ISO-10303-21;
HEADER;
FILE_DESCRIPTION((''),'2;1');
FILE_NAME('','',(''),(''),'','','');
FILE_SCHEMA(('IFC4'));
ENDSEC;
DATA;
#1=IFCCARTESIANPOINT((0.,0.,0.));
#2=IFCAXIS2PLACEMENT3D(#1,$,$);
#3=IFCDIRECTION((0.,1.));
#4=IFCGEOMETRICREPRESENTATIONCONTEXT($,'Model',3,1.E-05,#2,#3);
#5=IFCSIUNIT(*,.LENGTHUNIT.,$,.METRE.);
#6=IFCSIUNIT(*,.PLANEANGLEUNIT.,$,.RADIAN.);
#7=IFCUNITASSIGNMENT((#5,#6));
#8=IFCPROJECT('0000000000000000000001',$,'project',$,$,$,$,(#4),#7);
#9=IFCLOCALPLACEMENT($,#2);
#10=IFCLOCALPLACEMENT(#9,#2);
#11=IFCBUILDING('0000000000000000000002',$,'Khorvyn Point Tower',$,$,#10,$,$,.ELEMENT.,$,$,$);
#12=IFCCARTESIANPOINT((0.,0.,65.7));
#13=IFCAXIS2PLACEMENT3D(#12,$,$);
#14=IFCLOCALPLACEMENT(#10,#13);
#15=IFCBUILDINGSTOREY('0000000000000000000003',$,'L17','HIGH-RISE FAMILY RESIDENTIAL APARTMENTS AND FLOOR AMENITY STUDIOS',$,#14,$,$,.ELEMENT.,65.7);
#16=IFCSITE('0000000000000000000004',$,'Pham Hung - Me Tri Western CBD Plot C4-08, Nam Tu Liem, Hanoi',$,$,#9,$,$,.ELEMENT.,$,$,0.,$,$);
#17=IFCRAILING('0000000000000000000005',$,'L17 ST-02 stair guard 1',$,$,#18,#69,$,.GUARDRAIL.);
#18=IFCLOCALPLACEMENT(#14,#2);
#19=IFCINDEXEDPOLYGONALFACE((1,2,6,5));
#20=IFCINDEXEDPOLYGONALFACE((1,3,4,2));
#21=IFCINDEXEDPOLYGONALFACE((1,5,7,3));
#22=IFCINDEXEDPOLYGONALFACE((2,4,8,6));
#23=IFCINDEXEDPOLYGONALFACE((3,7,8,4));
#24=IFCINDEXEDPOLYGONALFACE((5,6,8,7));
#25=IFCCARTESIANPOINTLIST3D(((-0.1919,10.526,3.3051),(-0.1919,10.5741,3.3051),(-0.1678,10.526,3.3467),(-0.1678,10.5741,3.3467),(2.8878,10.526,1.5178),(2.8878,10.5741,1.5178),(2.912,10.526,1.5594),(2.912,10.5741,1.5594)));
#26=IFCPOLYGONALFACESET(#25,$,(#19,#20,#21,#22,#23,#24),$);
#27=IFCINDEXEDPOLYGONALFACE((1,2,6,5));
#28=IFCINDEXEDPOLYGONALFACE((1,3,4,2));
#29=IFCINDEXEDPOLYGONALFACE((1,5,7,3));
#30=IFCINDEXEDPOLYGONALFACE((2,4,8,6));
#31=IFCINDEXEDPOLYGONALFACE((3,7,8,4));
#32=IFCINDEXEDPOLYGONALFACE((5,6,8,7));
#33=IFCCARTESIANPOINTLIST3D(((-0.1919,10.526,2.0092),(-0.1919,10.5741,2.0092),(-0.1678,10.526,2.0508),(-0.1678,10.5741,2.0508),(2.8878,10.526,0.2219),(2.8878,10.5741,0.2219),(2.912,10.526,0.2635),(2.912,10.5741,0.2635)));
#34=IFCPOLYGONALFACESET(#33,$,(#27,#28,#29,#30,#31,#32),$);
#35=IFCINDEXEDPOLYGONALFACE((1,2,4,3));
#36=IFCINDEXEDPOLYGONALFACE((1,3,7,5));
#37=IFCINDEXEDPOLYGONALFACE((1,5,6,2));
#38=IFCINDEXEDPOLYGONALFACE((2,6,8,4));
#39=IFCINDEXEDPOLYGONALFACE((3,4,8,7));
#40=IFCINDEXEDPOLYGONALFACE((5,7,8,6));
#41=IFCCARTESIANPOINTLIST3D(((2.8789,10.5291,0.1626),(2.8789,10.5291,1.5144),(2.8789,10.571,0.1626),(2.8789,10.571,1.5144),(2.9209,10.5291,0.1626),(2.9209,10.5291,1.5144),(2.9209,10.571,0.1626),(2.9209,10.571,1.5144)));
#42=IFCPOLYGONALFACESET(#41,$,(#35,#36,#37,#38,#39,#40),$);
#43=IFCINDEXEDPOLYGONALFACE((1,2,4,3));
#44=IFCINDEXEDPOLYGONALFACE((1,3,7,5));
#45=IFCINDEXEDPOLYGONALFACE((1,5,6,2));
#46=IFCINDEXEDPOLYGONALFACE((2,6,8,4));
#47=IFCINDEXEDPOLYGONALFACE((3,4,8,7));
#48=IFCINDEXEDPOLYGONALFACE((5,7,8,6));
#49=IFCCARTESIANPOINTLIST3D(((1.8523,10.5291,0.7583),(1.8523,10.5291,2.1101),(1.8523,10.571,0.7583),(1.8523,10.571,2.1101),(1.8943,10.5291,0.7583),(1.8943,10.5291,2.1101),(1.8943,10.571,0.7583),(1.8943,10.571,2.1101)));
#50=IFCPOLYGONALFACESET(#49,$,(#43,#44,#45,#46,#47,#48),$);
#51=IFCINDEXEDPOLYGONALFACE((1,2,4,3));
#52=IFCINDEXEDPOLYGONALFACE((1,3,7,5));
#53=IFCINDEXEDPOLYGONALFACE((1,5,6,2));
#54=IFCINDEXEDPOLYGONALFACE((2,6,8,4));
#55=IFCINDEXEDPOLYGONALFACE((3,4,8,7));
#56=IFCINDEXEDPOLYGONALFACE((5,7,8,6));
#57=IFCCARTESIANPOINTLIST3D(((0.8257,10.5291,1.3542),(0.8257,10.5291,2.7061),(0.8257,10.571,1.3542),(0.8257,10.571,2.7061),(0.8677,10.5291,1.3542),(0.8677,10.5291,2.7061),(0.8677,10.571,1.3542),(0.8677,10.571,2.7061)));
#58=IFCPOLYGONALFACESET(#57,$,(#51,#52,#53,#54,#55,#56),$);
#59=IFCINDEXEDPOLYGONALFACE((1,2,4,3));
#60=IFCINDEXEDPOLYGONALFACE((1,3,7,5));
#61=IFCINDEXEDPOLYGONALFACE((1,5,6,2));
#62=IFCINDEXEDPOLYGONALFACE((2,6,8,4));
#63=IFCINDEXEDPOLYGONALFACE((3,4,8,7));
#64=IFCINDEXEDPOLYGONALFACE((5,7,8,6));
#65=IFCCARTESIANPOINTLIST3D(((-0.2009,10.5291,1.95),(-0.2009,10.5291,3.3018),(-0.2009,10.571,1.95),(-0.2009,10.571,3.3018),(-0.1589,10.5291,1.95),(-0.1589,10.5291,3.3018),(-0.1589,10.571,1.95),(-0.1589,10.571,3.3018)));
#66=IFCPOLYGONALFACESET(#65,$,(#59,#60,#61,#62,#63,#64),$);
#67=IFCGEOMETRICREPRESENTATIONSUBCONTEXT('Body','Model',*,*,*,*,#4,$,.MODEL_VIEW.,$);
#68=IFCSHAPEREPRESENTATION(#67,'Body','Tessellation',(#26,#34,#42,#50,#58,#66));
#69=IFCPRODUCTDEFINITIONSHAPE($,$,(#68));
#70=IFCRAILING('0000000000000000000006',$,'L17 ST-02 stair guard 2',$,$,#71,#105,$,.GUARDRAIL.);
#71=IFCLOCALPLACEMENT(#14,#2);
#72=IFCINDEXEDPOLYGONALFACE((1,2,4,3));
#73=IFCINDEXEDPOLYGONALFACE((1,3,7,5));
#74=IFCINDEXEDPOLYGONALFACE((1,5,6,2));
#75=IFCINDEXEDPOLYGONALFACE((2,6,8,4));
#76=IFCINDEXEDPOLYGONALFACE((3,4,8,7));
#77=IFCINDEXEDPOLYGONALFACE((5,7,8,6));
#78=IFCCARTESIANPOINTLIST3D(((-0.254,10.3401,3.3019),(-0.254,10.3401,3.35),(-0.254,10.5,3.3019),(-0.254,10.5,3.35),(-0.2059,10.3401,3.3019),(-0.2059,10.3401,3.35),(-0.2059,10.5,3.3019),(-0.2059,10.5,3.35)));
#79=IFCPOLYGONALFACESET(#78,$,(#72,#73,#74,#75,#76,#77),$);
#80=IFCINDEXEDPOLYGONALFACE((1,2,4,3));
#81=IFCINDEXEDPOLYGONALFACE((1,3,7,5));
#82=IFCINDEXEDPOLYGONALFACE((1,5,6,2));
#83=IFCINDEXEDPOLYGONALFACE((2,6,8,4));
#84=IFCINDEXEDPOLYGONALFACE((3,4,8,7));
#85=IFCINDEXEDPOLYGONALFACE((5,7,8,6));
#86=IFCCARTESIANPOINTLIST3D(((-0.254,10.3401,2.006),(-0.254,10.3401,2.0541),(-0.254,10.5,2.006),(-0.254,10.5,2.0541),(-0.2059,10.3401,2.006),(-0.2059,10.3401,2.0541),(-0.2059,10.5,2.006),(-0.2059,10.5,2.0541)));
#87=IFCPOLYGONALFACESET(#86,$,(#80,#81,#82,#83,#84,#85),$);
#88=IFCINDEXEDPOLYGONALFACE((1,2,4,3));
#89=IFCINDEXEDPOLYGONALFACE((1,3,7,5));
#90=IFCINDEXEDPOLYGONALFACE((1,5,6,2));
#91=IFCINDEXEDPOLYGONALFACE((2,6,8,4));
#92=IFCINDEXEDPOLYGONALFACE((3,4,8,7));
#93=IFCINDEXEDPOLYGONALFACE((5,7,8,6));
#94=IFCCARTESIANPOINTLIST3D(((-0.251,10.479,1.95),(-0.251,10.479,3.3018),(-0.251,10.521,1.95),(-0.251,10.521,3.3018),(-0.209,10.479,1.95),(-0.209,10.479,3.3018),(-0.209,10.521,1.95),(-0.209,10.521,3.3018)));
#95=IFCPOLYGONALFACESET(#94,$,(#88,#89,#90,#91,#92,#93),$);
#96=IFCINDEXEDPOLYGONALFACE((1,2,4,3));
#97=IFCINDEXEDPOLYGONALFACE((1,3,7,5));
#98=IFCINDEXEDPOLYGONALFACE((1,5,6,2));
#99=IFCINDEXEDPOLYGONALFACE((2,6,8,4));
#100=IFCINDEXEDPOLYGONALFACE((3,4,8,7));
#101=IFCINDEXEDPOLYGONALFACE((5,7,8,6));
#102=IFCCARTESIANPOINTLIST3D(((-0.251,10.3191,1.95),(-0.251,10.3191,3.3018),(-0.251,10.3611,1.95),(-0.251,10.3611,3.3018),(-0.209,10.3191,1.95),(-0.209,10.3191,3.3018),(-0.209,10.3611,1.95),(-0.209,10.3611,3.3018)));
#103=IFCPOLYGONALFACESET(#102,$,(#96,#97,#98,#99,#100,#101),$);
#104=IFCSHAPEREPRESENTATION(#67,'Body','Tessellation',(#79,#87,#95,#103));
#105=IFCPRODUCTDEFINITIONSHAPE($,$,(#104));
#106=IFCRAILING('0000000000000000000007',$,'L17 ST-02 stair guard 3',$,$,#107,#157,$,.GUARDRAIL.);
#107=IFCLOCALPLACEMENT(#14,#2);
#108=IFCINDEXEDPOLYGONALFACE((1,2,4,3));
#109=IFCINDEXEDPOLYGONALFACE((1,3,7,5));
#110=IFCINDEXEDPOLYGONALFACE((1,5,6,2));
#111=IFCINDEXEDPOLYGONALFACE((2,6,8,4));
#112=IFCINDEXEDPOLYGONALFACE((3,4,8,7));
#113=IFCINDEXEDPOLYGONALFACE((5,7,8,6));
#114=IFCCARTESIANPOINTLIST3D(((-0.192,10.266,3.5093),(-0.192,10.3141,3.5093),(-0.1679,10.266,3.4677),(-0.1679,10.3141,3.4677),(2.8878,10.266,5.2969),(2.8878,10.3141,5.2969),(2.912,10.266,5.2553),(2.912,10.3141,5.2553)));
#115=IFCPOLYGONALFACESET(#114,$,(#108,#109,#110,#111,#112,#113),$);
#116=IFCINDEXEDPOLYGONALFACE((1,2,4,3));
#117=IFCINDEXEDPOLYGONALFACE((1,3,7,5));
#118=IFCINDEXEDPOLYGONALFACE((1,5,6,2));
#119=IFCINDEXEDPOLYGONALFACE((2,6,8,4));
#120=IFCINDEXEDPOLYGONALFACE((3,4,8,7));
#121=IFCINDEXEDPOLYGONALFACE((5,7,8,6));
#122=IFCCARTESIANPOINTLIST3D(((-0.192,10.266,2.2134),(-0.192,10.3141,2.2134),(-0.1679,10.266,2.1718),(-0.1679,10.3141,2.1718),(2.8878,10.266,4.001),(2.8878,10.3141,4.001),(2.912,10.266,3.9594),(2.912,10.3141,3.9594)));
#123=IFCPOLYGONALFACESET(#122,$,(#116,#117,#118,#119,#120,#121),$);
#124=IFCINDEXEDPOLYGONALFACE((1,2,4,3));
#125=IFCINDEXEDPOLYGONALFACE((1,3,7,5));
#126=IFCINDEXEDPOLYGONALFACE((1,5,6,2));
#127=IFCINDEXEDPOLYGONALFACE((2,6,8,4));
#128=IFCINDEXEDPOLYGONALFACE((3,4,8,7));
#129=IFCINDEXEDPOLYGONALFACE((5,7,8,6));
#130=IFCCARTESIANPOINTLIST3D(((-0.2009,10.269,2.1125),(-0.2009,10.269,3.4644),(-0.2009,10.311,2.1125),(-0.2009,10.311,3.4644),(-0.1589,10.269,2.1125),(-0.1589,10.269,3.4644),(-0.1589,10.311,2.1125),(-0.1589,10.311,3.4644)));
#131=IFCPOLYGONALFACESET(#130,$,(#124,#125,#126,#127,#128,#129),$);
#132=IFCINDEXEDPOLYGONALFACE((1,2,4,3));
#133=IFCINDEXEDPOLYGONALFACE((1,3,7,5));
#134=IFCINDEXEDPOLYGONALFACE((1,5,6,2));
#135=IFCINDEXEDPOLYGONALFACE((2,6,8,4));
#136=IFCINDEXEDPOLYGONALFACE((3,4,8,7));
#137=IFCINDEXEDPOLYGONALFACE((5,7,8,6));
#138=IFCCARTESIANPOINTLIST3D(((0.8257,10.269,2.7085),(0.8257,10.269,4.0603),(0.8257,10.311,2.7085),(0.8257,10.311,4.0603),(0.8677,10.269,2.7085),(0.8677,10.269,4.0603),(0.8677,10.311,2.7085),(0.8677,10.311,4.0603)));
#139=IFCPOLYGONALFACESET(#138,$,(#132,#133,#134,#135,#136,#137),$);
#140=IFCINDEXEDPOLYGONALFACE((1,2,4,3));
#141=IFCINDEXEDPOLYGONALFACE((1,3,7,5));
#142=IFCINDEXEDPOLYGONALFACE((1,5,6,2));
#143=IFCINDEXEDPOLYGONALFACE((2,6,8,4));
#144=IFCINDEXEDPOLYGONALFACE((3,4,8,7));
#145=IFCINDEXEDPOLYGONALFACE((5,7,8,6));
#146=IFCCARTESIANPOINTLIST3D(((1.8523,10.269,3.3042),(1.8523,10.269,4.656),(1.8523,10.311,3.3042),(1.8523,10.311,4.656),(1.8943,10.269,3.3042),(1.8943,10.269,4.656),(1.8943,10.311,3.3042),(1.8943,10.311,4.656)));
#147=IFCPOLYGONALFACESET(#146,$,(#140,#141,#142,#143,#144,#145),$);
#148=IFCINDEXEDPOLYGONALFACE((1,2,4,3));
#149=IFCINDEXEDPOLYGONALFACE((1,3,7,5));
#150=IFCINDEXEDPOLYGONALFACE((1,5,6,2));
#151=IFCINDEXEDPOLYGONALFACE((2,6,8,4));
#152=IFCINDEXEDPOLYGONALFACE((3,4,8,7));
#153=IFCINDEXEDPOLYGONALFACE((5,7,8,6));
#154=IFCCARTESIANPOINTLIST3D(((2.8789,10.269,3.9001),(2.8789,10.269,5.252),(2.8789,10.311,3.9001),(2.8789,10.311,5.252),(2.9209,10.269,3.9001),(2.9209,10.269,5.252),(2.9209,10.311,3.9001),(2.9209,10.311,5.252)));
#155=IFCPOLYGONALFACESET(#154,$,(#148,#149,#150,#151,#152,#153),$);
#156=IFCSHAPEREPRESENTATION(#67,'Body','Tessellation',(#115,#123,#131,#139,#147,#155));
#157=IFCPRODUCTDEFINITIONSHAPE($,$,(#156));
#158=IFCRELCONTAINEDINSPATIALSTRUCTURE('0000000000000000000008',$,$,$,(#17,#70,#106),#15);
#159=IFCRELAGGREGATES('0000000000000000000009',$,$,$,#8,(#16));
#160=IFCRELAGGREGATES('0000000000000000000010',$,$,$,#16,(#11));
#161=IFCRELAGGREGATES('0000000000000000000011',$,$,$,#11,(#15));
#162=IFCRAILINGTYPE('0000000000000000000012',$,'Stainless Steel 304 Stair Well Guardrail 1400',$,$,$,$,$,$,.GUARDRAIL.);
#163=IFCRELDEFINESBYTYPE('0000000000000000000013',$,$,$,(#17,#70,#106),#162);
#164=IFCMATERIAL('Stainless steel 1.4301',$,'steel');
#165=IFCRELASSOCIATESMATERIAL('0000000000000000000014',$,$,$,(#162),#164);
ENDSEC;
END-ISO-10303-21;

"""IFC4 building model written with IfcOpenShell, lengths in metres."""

from ifc_helpers import new_model, si_unit, direction, frame, origin, origin_2d, place, context, subcontext, project, spatial, rectangle, extrude, material, type_object, element, save


model = new_model("IFC4")

# Units and contexts
model_context = context("Model", 3, precision=1e-05, world=origin(), true_north=direction((0.0, 1.0)))
body_context = subcontext(model_context, "Body", "Model", "MODEL_VIEW")
ifc_project = project(units=[si_unit("LENGTHUNIT", "METRE"), si_unit("PLANEANGLEUNIT", "RADIAN")], contexts=[model_context])

# Site, building, storey
site_placement = place(None, origin())
site = spatial("IfcSite", under=ifc_project, at=site_placement, Name="Pham Hung - Me Tri Western CBD Plot C4-08, Nam Tu Liem, Hanoi", CompositionType="ELEMENT", RefElevation=0.0)
building_placement = place(site_placement, origin())
building = spatial("IfcBuilding", under=site, at=building_placement, Name="Khorvyn Point Tower", CompositionType="ELEMENT")
storey_placement = place(building_placement, frame((0.0, 0.0, 65.7)))
storey = spatial("IfcBuildingStorey", under=building, at=storey_placement, Name="L17", Description="HIGH-RISE FAMILY RESIDENTIAL APARTMENTS AND FLOOR AMENITY STUDIOS", CompositionType="ELEMENT", Elevation=65.7)

# Shared definitions
ifc_material_1 = material(Name="Stainless steel 1.4301", Category="steel")

# Railings
railing_type_1 = type_object("IfcRailingType", Name="Stainless Steel 304 Stair Well Guardrail 1400", PredefinedType="GUARDRAIL", material=ifc_material_1)
railing_1_placement = place(storey_placement, frame((2.8999, 10.55, 0.1626)))
element("IfcRailing", 1, at=railing_1_placement, inside=storey, type_object=railing_type_1, Name="L17 ST-02 stair guard 1", PredefinedType="GUARDRAIL", context=body_context, shape_type="SweptSolid", body=[
    extrude(rectangle(XDim=0.0481, YDim=0.0481, at=origin_2d()), frame((0.0, 0.0, 1.376), z_axis=(-0.864903, 0.0, 0.501939), x_axis=(0.0, -1.0, 0.0)), (0.0, 0.0, 1.0), 3.5608),
    extrude(rectangle(XDim=0.0481, YDim=0.0481, at=origin_2d()), frame((0.0, 0.0, 0.0801), z_axis=(-0.864903, 0.0, 0.501939), x_axis=(0.0, -1.0, 0.0)), (0.0, 0.0, 1.0), 3.5608),
    extrude(rectangle(XDim=0.042, YDim=0.042, at=origin_2d()), origin(), (0.0, 0.0, 1.0), 1.3518),
    extrude(rectangle(XDim=0.042, YDim=0.042, at=origin_2d()), frame((-1.0266, 0.0, 0.5957)), (0.0, 0.0, 1.0), 1.3518),
    extrude(rectangle(XDim=0.042, YDim=0.042, at=origin_2d()), frame((-2.0532, 0.0, 1.1917)), (0.0, 0.0, 1.0), 1.3518),
    extrude(rectangle(XDim=0.042, YDim=0.042, at=origin_2d()), frame((-3.0798, 0.0, 1.7874)), (0.0, 0.0, 1.0), 1.3518),
])
railing_2_placement = place(storey_placement, frame((-0.23, 10.5, 1.95)))
element("IfcRailing", 2, at=railing_2_placement, inside=storey, type_object=railing_type_1, Name="L17 ST-02 stair guard 2", PredefinedType="GUARDRAIL", context=body_context, shape_type="SweptSolid", body=[
    extrude(rectangle(XDim=0.0481, YDim=0.0481, at=origin_2d()), frame((0.0, 0.0, 1.376), z_axis=(0.0, -1.0, 0.0), x_axis=(1.0, 0.0, 0.0)), (0.0, 0.0, 1.0), 0.1599),
    extrude(rectangle(XDim=0.0481, YDim=0.0481, at=origin_2d()), frame((0.0, 0.0, 0.0801), z_axis=(0.0, -1.0, 0.0), x_axis=(1.0, 0.0, 0.0)), (0.0, 0.0, 1.0), 0.1599),
    extrude(rectangle(XDim=0.042, YDim=0.042, at=origin_2d()), origin(), (0.0, 0.0, 1.0), 1.3518),
    extrude(rectangle(XDim=0.042, YDim=0.042, at=origin_2d()), frame((0.0, -0.1599, 0.0)), (0.0, 0.0, 1.0), 1.3518),
])
railing_3_placement = place(storey_placement, frame((-0.1799, 10.29, 2.1125)))
element("IfcRailing", 3, at=railing_3_placement, inside=storey, type_object=railing_type_1, Name="L17 ST-02 stair guard 3", PredefinedType="GUARDRAIL", context=body_context, shape_type="SweptSolid", body=[
    extrude(rectangle(XDim=0.0481, YDim=0.0481, at=origin_2d()), frame((0.0, 0.0, 1.376), z_axis=(0.864873, 0.0, 0.50199), x_axis=(0.0, 1.0, 0.0)), (0.0, 0.0, 1.0), 3.561),
    extrude(rectangle(XDim=0.0481, YDim=0.0481, at=origin_2d()), frame((0.0, 0.0, 0.0801), z_axis=(0.864873, 0.0, 0.50199), x_axis=(0.0, 1.0, 0.0)), (0.0, 0.0, 1.0), 3.561),
    extrude(rectangle(XDim=0.042, YDim=0.042, at=origin_2d()), origin(), (0.0, 0.0, 1.0), 1.3518),
    extrude(rectangle(XDim=0.042, YDim=0.042, at=origin_2d()), frame((1.0266, 0.0, 0.5959)), (0.0, 0.0, 1.0), 1.3518),
    extrude(rectangle(XDim=0.042, YDim=0.042, at=origin_2d()), frame((2.0532, 0.0, 1.1917)), (0.0, 0.0, 1.0), 1.3518),
    extrude(rectangle(XDim=0.042, YDim=0.042, at=origin_2d()), frame((3.0798, 0.0, 1.7876)), (0.0, 0.0, 1.0), 1.3518),
])

save(model, "model.ifc")
